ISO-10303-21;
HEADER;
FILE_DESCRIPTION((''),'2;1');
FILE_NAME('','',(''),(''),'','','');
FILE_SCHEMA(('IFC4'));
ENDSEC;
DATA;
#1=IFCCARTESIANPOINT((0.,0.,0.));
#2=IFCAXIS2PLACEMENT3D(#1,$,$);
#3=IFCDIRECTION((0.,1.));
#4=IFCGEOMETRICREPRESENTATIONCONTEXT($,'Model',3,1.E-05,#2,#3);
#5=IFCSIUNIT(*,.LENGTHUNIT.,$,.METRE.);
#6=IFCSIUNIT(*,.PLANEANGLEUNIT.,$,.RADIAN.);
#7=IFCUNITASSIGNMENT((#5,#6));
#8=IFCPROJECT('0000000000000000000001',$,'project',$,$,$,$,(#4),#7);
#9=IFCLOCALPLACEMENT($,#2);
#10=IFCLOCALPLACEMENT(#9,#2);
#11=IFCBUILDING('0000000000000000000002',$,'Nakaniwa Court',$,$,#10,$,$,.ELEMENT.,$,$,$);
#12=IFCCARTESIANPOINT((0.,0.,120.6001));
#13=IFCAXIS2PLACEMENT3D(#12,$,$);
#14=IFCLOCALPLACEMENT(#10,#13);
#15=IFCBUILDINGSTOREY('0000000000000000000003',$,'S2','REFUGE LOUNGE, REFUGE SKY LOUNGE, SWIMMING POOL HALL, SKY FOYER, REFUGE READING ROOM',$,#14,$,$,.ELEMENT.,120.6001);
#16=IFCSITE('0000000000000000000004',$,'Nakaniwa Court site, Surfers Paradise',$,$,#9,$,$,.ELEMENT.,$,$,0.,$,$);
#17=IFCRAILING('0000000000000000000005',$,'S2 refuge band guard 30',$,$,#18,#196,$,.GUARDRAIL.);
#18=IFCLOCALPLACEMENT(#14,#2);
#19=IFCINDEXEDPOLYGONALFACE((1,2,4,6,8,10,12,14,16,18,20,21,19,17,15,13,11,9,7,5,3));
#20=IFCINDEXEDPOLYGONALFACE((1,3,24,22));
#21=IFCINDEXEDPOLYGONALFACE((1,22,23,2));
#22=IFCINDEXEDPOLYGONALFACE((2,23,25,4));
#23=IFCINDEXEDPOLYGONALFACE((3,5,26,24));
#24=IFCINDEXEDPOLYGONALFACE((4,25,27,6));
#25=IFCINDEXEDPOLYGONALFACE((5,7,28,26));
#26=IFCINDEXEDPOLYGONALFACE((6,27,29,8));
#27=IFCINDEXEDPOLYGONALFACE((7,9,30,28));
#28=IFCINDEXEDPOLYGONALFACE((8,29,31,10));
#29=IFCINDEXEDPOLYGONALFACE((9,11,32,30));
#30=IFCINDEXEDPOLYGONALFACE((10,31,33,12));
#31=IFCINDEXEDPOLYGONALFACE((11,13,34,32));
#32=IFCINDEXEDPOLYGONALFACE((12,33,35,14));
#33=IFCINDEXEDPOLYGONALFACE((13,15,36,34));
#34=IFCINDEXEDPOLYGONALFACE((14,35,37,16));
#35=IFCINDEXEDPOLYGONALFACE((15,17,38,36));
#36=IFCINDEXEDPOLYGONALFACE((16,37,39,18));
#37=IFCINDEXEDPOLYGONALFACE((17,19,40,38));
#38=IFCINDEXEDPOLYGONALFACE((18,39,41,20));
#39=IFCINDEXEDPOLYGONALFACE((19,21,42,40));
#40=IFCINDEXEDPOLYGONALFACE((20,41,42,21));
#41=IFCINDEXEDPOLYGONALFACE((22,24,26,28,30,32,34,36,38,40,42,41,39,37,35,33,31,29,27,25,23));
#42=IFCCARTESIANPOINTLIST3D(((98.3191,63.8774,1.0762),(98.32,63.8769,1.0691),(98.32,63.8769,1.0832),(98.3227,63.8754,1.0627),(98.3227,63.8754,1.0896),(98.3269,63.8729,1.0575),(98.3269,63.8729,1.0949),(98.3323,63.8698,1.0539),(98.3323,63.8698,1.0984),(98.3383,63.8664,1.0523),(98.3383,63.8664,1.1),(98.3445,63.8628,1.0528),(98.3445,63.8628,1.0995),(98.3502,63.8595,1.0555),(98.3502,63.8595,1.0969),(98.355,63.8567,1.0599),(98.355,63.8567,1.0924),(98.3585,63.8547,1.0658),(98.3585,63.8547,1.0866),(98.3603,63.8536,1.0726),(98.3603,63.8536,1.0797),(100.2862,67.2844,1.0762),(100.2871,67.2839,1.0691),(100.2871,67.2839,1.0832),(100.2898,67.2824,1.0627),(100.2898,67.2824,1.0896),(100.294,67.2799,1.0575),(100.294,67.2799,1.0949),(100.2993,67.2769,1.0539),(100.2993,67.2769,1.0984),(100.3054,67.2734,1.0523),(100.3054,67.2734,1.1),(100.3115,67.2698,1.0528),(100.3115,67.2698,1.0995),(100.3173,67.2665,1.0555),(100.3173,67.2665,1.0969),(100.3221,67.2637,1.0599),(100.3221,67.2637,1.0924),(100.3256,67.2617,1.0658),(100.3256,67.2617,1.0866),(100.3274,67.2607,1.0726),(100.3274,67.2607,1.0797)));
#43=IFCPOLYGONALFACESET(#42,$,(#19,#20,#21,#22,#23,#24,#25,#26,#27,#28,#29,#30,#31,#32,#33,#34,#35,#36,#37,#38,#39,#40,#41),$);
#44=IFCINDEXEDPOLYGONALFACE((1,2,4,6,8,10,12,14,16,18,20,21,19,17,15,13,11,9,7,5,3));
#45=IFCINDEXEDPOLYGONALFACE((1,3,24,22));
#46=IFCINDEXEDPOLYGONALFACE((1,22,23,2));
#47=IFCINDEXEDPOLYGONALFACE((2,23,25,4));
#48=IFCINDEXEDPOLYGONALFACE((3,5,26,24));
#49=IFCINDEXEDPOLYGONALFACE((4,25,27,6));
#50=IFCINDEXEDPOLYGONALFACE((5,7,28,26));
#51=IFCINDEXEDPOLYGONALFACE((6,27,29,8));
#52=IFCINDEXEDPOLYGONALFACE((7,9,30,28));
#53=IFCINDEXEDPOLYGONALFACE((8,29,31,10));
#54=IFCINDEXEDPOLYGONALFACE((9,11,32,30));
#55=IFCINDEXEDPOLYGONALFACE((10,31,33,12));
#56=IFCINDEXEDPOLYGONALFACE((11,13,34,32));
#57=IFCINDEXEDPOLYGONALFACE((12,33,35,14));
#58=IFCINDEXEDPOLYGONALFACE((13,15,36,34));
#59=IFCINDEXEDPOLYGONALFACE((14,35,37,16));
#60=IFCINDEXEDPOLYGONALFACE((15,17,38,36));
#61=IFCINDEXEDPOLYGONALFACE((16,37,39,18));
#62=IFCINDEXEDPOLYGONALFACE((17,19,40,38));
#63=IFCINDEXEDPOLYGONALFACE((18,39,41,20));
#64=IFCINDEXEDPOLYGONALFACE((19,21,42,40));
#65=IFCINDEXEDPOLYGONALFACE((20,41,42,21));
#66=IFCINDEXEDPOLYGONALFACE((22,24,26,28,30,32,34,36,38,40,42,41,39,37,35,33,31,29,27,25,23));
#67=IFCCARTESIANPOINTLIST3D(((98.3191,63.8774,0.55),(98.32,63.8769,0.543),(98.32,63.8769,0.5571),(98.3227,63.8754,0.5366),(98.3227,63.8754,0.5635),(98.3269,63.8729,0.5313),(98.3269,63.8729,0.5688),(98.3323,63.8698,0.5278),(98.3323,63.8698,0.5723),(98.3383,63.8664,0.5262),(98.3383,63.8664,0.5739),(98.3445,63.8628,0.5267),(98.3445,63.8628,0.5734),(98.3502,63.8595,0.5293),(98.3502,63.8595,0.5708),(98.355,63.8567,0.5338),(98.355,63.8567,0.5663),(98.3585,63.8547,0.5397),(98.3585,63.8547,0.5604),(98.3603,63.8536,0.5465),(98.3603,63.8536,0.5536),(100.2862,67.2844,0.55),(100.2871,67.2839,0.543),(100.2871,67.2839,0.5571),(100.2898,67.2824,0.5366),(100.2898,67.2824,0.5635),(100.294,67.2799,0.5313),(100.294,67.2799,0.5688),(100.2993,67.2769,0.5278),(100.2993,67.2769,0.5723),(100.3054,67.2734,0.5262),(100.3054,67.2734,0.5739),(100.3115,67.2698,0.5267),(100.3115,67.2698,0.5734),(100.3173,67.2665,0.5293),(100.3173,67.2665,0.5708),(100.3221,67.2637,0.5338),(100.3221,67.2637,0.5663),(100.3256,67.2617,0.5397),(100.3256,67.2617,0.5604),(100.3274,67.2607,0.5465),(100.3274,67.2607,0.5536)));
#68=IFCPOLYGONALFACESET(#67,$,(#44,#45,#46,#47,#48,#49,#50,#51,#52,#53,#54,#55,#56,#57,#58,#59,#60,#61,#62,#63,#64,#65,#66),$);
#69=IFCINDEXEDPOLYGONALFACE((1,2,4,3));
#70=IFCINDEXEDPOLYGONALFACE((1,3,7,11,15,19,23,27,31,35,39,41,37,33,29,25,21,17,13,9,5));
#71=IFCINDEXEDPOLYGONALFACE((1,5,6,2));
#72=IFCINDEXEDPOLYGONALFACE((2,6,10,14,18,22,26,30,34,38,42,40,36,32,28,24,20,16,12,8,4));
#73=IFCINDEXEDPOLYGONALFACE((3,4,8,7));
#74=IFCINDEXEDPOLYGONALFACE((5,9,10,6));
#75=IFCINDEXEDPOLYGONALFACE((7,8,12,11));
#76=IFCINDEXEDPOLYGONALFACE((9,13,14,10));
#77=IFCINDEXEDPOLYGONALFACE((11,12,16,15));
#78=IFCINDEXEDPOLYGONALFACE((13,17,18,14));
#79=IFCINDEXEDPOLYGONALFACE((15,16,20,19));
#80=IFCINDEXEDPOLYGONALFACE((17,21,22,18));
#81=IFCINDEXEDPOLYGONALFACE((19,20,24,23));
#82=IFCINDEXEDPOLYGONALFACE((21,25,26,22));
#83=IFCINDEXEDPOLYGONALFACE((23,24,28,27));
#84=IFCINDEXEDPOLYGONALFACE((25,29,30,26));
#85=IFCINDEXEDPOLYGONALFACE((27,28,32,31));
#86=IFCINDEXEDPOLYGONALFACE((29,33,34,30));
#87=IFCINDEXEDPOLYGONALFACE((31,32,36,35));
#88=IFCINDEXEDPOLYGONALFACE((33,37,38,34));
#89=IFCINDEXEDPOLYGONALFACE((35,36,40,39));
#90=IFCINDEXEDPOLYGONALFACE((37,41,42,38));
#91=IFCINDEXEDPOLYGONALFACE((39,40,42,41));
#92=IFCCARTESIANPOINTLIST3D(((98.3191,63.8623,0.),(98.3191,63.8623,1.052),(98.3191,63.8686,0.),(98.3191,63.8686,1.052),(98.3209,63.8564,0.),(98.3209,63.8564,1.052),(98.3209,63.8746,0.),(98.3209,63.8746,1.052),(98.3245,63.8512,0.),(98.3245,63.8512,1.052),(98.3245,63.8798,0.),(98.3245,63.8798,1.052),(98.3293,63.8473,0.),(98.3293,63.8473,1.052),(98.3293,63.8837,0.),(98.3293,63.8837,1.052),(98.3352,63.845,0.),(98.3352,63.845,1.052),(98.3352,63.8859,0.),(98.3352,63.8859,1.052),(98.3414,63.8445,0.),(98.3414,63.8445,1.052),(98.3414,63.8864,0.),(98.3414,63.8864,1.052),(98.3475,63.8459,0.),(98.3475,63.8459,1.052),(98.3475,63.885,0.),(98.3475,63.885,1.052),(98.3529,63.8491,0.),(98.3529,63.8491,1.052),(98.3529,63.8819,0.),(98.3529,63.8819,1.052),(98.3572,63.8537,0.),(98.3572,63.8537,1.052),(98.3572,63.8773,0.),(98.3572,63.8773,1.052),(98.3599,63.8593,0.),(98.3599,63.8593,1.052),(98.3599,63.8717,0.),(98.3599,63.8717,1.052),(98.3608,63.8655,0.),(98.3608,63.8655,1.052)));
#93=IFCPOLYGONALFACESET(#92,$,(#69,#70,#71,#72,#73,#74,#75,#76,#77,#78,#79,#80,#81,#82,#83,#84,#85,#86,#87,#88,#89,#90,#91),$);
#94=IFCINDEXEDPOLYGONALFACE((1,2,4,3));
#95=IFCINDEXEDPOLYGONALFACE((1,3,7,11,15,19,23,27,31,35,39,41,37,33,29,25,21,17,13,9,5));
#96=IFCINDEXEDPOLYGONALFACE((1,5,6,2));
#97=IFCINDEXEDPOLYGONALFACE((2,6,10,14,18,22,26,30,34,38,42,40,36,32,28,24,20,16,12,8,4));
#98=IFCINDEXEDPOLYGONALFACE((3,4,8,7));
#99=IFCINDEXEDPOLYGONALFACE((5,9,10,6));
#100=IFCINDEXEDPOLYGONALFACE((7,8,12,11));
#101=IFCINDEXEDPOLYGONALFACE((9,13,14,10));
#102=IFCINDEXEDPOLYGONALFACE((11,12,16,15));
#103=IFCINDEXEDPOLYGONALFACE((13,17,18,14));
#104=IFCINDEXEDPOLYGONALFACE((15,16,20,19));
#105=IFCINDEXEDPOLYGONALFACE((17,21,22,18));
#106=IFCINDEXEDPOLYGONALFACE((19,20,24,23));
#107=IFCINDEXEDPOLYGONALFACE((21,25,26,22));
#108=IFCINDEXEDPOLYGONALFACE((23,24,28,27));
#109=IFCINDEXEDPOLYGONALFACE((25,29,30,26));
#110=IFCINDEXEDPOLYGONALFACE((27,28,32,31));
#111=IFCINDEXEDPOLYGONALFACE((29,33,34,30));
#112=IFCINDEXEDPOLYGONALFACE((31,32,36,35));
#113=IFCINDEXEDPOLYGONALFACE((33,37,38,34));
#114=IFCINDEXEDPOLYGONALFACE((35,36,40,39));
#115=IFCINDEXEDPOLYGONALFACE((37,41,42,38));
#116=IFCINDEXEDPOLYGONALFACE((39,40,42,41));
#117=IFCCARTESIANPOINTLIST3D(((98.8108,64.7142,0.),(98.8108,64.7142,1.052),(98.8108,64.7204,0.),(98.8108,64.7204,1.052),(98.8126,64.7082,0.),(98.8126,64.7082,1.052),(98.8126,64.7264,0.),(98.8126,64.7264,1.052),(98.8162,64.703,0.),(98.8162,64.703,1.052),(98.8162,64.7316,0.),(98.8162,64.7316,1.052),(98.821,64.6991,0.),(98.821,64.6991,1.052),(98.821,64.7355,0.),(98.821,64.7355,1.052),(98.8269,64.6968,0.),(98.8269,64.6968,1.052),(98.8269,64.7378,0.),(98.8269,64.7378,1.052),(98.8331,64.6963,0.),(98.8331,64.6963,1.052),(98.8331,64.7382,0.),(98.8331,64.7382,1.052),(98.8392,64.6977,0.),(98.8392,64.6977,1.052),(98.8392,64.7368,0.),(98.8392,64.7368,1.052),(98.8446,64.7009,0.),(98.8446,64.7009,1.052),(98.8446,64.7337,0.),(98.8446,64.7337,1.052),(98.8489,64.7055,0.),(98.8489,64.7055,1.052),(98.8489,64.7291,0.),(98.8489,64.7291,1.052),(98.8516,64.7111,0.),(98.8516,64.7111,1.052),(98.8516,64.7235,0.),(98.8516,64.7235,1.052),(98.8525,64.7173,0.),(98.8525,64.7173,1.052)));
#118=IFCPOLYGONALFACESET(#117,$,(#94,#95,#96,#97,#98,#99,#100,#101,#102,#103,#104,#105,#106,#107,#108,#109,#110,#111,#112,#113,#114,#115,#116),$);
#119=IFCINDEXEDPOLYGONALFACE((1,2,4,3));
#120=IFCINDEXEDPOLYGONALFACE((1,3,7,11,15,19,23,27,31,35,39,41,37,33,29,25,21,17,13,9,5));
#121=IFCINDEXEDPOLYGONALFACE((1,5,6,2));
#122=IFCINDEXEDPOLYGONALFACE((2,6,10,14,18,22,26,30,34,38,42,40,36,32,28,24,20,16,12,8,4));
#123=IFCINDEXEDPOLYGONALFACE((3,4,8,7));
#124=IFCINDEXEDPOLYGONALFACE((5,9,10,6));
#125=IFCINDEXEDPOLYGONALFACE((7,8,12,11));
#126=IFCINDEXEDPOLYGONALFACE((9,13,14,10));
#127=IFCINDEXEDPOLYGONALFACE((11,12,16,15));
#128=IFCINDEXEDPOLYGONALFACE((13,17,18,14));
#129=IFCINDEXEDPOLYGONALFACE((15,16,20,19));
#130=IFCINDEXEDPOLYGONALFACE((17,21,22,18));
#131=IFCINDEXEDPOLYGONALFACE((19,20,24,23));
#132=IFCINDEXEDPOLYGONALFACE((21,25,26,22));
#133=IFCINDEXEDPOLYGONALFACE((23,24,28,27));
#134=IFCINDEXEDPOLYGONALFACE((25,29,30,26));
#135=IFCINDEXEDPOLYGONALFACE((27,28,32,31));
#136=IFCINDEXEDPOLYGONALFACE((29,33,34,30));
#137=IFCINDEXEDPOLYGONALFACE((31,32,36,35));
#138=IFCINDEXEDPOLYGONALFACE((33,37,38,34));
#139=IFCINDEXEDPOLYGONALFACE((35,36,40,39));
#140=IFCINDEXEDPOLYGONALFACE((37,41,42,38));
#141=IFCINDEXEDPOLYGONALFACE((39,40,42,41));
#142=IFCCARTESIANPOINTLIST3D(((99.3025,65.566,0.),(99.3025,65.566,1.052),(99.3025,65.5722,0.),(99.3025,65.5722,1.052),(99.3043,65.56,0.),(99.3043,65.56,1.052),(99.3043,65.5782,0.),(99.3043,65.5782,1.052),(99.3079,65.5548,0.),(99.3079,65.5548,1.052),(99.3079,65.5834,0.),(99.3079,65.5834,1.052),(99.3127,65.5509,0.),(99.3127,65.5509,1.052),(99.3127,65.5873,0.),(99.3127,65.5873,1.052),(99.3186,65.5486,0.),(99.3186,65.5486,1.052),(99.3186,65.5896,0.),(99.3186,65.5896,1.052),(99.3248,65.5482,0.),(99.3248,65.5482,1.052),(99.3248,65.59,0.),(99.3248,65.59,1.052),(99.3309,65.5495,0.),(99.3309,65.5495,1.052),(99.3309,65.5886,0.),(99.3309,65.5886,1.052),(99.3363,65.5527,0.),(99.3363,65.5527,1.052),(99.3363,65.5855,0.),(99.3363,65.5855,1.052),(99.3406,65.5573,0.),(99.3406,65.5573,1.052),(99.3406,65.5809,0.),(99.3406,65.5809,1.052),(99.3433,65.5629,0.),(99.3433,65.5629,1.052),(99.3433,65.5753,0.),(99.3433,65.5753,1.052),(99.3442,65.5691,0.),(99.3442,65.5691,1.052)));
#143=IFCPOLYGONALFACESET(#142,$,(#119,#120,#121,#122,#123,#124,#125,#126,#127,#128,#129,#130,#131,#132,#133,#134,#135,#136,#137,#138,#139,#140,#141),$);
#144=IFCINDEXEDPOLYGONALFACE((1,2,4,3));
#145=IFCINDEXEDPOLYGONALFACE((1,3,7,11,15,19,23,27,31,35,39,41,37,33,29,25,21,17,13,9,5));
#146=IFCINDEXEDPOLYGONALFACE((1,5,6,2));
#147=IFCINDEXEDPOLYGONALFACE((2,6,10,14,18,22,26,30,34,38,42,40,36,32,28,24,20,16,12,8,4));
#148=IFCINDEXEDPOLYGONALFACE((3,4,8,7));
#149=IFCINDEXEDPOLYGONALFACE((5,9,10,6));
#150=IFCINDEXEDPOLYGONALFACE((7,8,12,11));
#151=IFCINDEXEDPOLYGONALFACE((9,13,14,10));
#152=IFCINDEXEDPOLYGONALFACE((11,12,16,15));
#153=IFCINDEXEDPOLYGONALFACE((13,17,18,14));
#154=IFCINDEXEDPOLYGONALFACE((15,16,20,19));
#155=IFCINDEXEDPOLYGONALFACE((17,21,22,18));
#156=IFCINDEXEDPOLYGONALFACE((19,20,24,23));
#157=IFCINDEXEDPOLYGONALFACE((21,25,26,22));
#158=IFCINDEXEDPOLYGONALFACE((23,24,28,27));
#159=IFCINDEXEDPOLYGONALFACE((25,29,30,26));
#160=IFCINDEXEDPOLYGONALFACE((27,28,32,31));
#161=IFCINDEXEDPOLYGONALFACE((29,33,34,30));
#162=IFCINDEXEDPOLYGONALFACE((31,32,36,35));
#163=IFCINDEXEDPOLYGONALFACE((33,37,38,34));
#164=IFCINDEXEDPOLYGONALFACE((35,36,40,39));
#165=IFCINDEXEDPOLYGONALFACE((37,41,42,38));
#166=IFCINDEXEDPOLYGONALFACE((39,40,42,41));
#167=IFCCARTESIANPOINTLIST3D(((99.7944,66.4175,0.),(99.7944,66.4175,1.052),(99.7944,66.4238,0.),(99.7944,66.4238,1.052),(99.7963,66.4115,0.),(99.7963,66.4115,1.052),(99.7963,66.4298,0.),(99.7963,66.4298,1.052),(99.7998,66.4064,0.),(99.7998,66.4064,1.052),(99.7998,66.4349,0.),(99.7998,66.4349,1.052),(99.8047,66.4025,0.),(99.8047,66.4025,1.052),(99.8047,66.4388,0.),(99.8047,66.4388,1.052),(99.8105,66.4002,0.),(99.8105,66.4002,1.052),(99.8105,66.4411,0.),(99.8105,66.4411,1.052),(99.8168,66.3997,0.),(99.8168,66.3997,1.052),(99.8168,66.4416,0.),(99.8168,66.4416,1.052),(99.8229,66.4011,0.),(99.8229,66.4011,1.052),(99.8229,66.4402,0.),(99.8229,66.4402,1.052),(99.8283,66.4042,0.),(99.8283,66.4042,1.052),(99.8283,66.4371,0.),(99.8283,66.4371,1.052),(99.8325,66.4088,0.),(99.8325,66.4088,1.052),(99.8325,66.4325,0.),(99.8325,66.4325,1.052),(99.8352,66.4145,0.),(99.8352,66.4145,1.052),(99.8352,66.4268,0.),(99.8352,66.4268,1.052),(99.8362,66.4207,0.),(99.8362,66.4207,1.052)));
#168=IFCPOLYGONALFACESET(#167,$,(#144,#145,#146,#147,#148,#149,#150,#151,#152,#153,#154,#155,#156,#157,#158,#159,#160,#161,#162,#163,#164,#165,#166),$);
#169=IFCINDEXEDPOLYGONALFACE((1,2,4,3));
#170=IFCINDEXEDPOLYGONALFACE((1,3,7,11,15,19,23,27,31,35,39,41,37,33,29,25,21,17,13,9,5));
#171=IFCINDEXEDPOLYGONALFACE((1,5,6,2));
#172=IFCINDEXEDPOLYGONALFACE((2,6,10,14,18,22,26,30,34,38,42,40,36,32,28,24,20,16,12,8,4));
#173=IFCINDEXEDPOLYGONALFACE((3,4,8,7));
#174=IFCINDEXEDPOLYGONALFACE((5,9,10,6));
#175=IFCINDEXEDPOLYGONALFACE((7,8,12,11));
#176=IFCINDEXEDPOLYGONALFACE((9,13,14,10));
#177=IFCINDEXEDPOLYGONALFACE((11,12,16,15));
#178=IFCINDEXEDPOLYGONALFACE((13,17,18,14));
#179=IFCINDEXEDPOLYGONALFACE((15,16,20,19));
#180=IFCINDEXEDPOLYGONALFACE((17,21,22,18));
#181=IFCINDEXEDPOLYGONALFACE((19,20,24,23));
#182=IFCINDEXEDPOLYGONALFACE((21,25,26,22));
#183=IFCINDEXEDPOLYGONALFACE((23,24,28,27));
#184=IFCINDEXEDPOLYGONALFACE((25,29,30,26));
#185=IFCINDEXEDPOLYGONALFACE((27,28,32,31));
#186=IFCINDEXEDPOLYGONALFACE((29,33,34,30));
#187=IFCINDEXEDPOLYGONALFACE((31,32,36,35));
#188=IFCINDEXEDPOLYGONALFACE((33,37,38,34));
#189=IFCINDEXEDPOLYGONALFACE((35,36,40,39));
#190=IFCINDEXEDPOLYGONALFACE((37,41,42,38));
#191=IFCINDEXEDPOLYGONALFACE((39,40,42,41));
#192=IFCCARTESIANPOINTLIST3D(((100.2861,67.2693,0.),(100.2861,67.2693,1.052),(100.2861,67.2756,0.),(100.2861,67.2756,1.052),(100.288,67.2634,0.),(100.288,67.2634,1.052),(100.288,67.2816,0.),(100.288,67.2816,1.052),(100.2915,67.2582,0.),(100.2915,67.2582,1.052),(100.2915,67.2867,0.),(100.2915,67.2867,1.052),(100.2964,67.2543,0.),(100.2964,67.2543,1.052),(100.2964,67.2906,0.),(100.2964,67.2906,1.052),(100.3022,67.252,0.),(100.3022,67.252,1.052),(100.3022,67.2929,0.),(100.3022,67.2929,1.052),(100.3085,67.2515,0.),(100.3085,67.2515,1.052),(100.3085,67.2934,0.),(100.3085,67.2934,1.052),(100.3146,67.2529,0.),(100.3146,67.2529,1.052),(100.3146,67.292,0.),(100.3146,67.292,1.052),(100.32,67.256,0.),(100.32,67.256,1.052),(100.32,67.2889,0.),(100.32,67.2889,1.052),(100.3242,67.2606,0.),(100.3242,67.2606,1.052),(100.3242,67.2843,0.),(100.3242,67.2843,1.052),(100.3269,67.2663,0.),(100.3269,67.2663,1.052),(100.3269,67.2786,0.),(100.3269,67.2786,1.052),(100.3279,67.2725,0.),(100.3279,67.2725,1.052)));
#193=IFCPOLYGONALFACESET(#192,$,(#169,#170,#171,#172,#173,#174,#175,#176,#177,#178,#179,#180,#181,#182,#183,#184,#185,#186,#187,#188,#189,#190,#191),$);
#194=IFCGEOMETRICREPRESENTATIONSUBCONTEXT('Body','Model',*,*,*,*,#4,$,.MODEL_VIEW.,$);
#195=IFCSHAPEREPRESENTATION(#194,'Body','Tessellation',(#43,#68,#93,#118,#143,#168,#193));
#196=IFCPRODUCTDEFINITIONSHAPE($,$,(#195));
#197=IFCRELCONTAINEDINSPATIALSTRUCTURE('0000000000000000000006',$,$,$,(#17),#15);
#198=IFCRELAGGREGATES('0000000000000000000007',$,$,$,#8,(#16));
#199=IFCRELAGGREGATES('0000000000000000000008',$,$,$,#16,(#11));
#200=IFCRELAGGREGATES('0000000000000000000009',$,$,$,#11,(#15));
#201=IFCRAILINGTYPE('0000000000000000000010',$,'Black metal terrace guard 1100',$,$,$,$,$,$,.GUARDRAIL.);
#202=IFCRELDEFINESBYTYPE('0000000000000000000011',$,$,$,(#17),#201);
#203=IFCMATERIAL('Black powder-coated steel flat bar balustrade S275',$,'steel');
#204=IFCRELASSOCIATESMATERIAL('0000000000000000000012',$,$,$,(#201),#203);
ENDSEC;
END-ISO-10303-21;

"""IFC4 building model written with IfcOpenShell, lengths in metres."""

from ifc_helpers import new_model, si_unit, direction, frame, origin, origin_2d, place, context, subcontext, project, spatial, circle, extrude, material, type_object, element, save


model = new_model("IFC4")

# Units and contexts
model_context = context("Model", 3, precision=1e-05, world=origin(), true_north=direction((0.0, 1.0)))
body_context = subcontext(model_context, "Body", "Model", "MODEL_VIEW")
ifc_project = project(units=[si_unit("LENGTHUNIT", "METRE"), si_unit("PLANEANGLEUNIT", "RADIAN")], contexts=[model_context])

# Site, building, storey
site_placement = place(None, origin())
site = spatial("IfcSite", under=ifc_project, at=site_placement, Name="Nakaniwa Court site, Surfers Paradise", CompositionType="ELEMENT", RefElevation=0.0)
building_placement = place(site_placement, origin())
building = spatial("IfcBuilding", under=site, at=building_placement, Name="Nakaniwa Court", CompositionType="ELEMENT")
storey_placement = place(building_placement, frame((0.0, 0.0, 120.6001)))
storey = spatial("IfcBuildingStorey", under=building, at=storey_placement, Name="S2", Description="REFUGE LOUNGE, REFUGE SKY LOUNGE, SWIMMING POOL HALL, SKY FOYER, REFUGE READING ROOM", CompositionType="ELEMENT", Elevation=120.6001)

# Railing
ifc_material_1 = material(Name="Black powder-coated steel flat bar balustrade S275", Category="steel")
railing_type = type_object("IfcRailingType", Name="Black metal terrace guard 1100", PredefinedType="GUARDRAIL", material=ifc_material_1)
railing_1_placement = place(storey_placement, frame((98.3398, 63.8655, 0.0)))
element("IfcRailing", 1, at=railing_1_placement, inside=storey, type_object=railing_type, Name="S2 refuge band guard 30", PredefinedType="GUARDRAIL", context=body_context, shape_type="SweptSolid", body=[
    extrude(circle(Radius=0.0239, at=origin_2d()), frame((0.0, 0.0, 1.0762), z_axis=(0.500004, 0.866023, 0.0), x_axis=(-0.866023, 0.500004, 0.0)), (0.0, 0.0, 1.0), 3.9341),
    extrude(circle(Radius=0.0239, at=origin_2d()), frame((0.0, 0.0, 0.55), z_axis=(0.500004, 0.866023, 0.0), x_axis=(-0.866023, 0.500004, 0.0)), (0.0, 0.0, 1.0), 3.9341),
    extrude(circle(Radius=0.021, at=origin_2d()), origin(), (0.0, 0.0, 1.0), 1.052),
    extrude(circle(Radius=0.021, at=origin_2d()), frame((0.4917, 0.8518, 0.0)), (0.0, 0.0, 1.0), 1.052),
    extrude(circle(Radius=0.021, at=origin_2d()), frame((0.9834, 1.7036, 0.0)), (0.0, 0.0, 1.0), 1.052),
    extrude(circle(Radius=0.021, at=origin_2d()), frame((1.4753, 2.5552, 0.0)), (0.0, 0.0, 1.0), 1.052),
    extrude(circle(Radius=0.021, at=origin_2d()), frame((1.967, 3.407, 0.0)), (0.0, 0.0, 1.0), 1.052),
])

save(model, "model.ifc")
